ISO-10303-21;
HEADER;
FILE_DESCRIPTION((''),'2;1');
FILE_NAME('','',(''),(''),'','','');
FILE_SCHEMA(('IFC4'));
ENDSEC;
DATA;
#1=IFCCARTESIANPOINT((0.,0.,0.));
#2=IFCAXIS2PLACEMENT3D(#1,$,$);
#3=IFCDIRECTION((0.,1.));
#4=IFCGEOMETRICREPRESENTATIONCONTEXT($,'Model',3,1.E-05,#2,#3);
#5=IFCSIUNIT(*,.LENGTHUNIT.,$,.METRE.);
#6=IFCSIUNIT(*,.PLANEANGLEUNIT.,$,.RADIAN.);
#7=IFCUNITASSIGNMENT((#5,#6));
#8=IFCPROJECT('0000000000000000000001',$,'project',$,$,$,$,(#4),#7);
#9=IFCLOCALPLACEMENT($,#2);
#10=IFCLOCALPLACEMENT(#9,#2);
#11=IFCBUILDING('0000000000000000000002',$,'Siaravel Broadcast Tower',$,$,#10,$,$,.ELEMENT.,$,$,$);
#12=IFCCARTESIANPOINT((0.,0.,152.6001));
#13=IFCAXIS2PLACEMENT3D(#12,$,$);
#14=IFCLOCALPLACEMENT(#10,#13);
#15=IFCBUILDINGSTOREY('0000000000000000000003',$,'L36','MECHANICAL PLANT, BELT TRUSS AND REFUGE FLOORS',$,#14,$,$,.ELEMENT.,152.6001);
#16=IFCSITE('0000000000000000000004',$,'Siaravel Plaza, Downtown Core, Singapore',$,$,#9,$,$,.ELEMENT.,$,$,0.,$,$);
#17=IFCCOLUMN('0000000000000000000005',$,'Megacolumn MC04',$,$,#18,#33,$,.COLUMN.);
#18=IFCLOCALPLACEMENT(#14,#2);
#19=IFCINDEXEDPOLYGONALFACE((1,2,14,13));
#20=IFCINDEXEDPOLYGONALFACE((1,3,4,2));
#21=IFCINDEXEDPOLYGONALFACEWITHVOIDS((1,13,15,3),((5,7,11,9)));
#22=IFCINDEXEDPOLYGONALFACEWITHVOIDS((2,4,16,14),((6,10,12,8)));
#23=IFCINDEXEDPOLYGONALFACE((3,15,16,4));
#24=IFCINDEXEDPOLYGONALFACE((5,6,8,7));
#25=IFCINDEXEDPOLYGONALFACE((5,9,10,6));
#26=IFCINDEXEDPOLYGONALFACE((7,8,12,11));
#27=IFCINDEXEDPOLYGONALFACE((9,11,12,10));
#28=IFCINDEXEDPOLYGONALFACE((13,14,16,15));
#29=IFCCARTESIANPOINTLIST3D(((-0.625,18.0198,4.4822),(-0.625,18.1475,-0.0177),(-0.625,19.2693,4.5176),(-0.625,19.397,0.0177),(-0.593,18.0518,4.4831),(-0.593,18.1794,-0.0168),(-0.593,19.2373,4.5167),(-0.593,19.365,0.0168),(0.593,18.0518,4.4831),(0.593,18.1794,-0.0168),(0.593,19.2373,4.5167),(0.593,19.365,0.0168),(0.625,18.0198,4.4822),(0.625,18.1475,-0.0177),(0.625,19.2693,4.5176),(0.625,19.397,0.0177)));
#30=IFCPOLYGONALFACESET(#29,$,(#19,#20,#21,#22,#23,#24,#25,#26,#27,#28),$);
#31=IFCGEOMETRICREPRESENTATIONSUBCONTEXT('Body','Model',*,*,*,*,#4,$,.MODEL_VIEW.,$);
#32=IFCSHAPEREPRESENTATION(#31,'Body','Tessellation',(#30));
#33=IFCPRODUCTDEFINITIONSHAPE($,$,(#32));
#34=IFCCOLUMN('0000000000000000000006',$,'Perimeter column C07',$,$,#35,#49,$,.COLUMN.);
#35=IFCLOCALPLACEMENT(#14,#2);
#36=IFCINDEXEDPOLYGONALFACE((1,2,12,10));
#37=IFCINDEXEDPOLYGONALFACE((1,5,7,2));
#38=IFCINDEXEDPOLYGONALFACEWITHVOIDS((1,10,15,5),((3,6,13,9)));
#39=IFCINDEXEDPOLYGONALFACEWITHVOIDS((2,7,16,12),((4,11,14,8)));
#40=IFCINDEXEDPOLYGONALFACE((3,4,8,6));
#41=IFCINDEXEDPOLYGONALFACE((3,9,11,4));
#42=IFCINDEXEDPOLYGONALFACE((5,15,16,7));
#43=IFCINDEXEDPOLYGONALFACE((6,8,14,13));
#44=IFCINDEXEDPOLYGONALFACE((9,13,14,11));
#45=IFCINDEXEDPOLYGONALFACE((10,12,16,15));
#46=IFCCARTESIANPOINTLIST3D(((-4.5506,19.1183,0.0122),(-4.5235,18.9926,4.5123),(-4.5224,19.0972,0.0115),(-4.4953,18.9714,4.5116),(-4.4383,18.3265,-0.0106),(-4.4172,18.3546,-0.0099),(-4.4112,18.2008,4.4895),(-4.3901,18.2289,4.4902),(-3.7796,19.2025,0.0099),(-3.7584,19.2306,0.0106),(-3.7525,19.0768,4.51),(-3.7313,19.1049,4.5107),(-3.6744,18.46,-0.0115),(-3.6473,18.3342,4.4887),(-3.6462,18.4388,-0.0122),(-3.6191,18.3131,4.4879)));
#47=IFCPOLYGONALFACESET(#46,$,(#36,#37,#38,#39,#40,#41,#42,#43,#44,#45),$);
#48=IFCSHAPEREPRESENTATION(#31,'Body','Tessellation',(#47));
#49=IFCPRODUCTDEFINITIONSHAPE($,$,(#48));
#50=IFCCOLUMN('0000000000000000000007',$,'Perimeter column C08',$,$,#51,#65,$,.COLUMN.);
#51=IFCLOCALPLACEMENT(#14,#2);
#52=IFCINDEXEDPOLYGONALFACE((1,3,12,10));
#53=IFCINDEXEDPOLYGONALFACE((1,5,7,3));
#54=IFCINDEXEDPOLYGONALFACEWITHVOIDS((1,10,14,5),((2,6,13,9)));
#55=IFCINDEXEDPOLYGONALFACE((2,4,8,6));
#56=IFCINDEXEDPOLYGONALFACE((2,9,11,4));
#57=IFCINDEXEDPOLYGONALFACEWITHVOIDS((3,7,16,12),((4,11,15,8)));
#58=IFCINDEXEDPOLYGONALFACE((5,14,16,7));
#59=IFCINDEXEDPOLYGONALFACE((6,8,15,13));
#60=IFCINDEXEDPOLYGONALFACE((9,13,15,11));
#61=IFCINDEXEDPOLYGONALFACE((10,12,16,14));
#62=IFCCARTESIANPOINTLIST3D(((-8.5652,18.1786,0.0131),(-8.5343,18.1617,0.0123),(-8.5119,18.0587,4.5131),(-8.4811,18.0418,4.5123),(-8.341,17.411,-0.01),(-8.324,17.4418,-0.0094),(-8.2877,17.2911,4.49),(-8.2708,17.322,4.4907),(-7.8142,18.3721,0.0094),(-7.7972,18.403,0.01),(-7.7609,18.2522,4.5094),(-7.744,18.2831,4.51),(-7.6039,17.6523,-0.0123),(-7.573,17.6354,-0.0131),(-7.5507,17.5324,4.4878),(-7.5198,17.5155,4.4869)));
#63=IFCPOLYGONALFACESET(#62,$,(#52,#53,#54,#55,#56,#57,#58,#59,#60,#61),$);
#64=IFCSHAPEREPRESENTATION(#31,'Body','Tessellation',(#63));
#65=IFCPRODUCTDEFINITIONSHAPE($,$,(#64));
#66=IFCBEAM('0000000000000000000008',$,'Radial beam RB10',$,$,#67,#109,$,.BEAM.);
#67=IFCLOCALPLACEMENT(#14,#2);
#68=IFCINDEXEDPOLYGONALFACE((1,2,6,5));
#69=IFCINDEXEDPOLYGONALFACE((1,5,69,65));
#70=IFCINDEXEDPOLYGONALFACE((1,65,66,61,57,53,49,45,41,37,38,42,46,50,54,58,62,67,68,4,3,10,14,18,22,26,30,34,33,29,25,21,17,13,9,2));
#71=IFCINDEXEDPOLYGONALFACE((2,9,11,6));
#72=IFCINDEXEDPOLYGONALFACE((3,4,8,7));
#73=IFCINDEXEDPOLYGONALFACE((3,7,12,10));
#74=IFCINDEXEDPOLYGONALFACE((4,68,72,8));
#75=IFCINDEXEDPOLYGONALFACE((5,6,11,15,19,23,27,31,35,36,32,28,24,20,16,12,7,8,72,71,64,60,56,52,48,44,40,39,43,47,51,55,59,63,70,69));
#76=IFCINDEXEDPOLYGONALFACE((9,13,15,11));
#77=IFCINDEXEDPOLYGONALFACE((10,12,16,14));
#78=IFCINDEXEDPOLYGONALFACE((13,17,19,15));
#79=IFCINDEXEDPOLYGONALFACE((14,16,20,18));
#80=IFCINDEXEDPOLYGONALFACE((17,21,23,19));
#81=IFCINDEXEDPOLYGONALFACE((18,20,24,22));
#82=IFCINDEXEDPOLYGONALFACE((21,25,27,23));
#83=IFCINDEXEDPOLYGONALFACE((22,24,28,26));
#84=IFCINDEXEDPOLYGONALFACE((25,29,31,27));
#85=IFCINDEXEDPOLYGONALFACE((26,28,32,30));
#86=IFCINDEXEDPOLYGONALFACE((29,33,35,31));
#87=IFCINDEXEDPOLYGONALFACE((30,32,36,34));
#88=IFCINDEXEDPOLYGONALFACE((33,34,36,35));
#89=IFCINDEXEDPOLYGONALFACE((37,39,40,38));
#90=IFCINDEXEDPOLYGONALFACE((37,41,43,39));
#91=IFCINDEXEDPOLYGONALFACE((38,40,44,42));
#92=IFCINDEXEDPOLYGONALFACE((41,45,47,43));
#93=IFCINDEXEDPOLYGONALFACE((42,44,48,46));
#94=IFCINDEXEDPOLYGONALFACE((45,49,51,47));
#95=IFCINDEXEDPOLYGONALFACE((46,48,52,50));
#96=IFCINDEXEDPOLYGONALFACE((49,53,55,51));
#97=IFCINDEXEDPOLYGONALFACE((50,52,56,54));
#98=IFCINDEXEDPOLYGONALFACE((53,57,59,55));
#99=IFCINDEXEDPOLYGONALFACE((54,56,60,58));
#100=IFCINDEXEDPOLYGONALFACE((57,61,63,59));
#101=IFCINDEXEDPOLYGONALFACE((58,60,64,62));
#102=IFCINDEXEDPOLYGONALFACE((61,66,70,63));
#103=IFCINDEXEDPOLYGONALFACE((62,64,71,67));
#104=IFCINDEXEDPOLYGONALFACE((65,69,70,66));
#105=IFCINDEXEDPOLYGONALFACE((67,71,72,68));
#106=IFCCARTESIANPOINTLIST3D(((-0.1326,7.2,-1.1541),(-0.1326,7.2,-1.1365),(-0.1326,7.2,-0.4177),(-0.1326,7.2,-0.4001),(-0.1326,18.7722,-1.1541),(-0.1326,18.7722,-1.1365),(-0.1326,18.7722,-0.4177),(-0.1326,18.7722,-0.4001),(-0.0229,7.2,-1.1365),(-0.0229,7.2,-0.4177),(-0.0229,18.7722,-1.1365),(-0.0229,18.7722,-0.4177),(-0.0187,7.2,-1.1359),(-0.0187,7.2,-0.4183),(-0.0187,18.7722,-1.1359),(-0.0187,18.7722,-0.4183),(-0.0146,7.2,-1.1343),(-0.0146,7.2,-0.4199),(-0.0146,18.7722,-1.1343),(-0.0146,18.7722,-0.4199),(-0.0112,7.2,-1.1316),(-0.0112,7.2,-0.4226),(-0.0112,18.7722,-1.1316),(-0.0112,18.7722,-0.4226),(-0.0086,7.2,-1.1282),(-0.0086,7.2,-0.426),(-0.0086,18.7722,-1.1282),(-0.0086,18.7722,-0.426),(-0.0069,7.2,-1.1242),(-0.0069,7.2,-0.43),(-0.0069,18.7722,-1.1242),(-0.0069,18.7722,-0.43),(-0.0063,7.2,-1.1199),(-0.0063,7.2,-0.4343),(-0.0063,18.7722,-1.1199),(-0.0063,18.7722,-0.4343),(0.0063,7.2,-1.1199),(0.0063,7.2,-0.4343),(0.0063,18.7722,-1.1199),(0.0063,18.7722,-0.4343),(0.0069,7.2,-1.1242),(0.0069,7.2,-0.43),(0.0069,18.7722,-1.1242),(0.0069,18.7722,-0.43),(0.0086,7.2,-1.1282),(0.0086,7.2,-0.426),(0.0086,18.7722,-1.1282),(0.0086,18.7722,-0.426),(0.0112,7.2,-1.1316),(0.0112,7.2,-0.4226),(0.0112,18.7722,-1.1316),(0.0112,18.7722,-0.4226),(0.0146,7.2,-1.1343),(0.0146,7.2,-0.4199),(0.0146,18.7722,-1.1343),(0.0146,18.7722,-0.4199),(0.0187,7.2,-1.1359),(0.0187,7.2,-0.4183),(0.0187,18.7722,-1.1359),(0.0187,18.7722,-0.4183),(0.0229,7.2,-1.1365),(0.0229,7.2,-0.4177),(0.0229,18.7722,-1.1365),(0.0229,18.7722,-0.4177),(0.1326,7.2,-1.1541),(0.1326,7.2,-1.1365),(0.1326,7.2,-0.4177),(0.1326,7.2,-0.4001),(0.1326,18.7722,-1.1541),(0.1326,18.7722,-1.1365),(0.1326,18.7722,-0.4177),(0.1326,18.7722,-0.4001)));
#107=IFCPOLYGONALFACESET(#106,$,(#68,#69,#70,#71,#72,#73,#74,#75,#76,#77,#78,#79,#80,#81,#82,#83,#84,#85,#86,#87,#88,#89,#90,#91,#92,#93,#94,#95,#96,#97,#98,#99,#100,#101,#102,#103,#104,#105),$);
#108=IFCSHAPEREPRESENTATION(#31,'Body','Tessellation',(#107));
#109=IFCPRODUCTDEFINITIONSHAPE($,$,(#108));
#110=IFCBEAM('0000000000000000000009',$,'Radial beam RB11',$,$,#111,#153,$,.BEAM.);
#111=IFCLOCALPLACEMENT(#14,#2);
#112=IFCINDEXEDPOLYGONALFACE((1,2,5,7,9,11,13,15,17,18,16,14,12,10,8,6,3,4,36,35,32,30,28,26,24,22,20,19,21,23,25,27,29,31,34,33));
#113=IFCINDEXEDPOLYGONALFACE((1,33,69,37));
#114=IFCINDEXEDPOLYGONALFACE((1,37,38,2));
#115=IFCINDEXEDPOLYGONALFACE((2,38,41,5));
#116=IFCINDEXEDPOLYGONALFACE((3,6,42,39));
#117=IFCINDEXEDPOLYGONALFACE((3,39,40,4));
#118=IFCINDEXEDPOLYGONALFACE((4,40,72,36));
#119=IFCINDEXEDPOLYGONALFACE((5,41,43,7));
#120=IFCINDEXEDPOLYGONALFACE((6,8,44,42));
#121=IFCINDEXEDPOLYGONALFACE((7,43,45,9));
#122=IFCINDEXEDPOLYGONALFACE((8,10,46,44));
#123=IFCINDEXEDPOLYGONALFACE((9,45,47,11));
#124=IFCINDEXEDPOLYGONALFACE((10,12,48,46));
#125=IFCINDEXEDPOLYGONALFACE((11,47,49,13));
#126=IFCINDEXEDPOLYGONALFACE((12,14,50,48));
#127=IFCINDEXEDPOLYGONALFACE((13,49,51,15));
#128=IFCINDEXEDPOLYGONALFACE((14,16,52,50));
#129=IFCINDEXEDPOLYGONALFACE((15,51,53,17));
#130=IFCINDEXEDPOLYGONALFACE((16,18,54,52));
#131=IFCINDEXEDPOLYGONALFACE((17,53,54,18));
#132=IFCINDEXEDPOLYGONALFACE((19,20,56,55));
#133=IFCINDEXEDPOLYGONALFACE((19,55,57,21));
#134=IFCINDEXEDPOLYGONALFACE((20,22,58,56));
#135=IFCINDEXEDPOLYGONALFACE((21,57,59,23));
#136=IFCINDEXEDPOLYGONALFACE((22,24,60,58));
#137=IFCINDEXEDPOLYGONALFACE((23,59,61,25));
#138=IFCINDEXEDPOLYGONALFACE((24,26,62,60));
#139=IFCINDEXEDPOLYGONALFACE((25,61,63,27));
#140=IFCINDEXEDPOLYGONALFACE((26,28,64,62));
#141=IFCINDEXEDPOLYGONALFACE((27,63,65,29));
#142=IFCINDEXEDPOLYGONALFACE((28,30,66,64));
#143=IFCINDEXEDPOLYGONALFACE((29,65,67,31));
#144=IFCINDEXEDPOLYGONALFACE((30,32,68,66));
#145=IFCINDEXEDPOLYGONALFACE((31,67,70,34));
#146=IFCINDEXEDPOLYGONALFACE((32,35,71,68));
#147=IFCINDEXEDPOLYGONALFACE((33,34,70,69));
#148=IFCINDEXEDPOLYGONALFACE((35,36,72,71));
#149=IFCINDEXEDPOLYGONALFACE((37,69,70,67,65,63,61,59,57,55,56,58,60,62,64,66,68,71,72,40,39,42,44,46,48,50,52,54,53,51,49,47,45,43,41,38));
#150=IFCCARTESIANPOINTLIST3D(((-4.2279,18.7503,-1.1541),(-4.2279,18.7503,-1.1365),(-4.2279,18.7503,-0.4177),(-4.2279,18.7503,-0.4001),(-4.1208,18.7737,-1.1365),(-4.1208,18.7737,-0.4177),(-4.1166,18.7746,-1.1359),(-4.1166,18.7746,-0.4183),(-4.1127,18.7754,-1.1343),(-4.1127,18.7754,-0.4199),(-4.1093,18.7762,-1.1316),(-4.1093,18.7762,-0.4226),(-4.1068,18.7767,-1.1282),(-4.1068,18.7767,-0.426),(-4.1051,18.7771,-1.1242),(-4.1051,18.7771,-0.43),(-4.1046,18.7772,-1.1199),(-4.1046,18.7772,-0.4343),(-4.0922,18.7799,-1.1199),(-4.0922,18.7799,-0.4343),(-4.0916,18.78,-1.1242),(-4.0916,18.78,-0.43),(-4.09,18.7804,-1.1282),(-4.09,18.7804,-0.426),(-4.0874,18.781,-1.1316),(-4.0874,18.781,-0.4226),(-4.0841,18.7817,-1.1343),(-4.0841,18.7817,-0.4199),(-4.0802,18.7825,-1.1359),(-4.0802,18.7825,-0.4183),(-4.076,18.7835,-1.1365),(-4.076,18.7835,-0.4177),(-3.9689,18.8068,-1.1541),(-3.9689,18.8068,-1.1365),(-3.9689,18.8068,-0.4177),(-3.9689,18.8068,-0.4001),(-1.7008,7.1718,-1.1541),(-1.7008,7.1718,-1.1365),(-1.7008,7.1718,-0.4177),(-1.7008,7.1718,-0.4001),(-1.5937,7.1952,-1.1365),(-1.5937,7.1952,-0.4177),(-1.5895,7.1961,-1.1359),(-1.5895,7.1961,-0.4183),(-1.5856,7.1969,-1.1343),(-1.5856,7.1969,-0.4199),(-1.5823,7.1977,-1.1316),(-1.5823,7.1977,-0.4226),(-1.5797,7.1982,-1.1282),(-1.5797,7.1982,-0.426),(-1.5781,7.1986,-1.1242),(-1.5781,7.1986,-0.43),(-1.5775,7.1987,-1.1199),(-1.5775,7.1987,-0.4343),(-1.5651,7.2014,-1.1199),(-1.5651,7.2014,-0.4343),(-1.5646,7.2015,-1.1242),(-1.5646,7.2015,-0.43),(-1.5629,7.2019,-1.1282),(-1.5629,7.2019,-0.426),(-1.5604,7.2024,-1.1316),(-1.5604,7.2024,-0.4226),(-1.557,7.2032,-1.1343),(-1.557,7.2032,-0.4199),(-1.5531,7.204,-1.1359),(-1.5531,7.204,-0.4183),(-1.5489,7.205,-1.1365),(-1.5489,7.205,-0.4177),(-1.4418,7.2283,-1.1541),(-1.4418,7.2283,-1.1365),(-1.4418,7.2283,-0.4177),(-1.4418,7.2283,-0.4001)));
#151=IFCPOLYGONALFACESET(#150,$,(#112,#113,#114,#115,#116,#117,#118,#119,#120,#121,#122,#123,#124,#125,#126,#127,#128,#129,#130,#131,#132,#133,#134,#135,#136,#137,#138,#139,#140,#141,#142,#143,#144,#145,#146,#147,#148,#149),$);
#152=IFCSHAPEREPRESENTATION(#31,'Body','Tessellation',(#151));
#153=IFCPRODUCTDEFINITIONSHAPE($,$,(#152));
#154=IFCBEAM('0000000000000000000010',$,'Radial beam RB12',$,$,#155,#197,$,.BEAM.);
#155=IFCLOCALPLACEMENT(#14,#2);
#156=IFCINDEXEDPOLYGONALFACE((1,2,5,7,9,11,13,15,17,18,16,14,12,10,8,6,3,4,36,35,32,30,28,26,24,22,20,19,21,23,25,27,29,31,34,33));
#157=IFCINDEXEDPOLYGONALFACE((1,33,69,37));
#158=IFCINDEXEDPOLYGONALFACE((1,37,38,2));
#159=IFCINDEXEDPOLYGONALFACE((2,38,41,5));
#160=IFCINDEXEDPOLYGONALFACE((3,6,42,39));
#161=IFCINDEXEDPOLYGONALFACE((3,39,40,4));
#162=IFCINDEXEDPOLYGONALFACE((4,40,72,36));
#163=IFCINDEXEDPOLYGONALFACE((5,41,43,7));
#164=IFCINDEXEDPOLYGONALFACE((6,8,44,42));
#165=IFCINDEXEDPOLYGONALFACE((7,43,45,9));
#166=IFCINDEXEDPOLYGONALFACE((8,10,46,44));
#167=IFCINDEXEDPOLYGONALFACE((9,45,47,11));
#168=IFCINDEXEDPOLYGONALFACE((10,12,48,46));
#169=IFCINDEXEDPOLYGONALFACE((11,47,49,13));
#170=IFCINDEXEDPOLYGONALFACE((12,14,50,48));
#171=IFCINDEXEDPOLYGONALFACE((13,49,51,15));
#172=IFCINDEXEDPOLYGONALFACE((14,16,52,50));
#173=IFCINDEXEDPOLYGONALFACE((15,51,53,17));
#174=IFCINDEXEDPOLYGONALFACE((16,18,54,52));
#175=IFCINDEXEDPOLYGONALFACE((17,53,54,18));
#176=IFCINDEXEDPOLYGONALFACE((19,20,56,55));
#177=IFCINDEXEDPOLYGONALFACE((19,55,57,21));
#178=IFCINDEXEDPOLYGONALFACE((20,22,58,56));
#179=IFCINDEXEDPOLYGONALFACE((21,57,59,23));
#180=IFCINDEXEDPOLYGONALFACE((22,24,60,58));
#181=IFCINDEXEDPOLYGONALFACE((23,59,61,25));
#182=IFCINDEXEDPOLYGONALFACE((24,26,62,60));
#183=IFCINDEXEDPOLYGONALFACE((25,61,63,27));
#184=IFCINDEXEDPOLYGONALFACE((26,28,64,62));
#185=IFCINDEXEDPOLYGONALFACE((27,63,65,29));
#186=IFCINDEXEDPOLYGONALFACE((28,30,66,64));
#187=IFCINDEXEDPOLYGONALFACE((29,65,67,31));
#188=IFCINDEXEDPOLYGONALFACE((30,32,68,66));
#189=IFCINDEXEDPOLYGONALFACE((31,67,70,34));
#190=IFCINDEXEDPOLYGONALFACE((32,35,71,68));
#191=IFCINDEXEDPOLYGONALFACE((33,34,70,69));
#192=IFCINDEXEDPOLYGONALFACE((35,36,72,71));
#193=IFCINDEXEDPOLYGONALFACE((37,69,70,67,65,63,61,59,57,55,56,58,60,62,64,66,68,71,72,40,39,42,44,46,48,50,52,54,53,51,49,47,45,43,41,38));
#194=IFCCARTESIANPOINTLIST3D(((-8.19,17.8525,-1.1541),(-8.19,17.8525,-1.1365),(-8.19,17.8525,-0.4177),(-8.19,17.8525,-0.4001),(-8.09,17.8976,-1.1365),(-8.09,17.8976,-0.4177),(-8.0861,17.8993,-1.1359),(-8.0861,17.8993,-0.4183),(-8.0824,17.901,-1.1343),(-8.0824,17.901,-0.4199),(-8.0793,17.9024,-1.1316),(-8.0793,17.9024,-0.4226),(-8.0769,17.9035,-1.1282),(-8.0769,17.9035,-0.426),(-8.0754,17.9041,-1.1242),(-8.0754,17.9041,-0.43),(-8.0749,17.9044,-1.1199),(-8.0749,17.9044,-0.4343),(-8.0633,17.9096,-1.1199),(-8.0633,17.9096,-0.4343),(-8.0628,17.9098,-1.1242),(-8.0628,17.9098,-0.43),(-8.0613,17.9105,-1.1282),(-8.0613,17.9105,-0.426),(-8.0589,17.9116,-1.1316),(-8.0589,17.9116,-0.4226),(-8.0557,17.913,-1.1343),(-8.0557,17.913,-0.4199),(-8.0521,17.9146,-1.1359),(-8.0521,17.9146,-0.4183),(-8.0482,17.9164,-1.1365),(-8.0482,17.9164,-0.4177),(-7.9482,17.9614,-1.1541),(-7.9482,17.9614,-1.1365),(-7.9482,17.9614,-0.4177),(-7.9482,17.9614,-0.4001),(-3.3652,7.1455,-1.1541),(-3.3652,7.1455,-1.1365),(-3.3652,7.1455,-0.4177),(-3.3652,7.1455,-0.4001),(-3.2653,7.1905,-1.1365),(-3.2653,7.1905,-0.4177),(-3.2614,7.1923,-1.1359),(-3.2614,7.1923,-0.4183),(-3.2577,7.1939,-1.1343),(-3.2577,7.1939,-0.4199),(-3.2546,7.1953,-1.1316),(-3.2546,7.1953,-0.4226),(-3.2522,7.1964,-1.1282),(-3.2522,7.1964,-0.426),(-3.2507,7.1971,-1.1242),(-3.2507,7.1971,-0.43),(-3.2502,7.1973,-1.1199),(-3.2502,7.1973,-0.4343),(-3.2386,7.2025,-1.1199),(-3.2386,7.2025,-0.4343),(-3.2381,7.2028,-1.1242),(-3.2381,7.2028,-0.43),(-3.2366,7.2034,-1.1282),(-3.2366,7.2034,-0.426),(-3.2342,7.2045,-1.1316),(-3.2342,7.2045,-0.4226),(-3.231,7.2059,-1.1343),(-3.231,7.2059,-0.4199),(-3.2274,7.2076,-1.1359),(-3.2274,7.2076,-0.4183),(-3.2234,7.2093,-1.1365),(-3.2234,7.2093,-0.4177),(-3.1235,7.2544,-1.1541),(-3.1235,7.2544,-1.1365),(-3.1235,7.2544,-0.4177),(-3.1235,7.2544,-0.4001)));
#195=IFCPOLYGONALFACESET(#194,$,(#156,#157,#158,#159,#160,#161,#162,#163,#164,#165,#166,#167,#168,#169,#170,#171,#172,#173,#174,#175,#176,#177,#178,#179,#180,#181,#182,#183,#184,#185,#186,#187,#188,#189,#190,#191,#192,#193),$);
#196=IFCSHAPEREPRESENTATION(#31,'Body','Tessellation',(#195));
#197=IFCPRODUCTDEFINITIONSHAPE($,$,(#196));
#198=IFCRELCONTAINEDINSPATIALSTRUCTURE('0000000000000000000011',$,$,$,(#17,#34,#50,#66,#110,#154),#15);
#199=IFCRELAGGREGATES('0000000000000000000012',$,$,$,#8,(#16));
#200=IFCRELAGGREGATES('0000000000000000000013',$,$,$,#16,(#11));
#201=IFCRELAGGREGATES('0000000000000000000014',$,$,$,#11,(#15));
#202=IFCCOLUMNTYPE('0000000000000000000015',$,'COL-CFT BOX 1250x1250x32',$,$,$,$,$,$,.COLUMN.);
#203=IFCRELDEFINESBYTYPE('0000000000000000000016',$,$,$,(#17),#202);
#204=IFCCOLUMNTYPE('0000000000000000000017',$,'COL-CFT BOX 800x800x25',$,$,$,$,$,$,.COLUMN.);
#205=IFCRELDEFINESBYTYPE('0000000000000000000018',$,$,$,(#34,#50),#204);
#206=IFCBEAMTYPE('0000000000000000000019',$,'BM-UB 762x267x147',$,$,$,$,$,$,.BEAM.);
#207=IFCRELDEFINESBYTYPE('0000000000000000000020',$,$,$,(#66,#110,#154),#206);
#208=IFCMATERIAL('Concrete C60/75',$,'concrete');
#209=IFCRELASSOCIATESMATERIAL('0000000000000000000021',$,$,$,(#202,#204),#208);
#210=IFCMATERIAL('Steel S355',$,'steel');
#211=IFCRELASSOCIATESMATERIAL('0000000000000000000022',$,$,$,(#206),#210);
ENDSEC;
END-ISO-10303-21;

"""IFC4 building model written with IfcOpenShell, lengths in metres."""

from ifc_helpers import new_model, si_unit, direction, frame, origin, origin_2d, place, context, subcontext, project, spatial, hollow_rectangle, i_section, extrude, material, material_profile, profile_set, type_object, element, save


model = new_model("IFC4")

# Units and contexts
model_context = context("Model", 3, precision=1e-05, world=origin(), true_north=direction((0.0, 1.0)))
body_context = subcontext(model_context, "Body", "Model", "MODEL_VIEW")
ifc_project = project(units=[si_unit("LENGTHUNIT", "METRE"), si_unit("PLANEANGLEUNIT", "RADIAN")], contexts=[model_context])

# Site, building, storey
site_placement = place(None, origin())
site = spatial("IfcSite", under=ifc_project, at=site_placement, Name="Siaravel Plaza, Downtown Core, Singapore", CompositionType="ELEMENT", RefElevation=0.0)
building_placement = place(site_placement, origin())
building = spatial("IfcBuilding", under=site, at=building_placement, Name="Siaravel Broadcast Tower", CompositionType="ELEMENT")
storey_placement = place(building_placement, frame((0.0, 0.0, 152.6001)))
storey = spatial("IfcBuildingStorey", under=building, at=storey_placement, Name="L36", Description="MECHANICAL PLANT, BELT TRUSS AND REFUGE FLOORS", CompositionType="ELEMENT", Elevation=152.6001)

# Columns
ifc_material_1 = material(Name="Concrete C60/75", Category="concrete")
ifc_material_profile_1 = material_profile(ifc_material_1, hollow_rectangle(XDim=1.25, YDim=1.25, WallThickness=0.032, at=origin_2d()))
ifc_profile_set_1 = profile_set([ifc_material_profile_1], Name="Concrete C60/75")
column_type_1 = type_object("IfcColumnType", Name="COL-CFT BOX 1250x1250x32", PredefinedType="COLUMN", material=ifc_profile_set_1)
column_placement = place(storey_placement, frame((0.0, 18.7722, 0.0), z_axis=(0.0, -0.028363, 0.999598), x_axis=(1.0, 0.0, 0.0)))
element("IfcColumn", 1, at=column_placement, inside=storey, type_object=column_type_1, Name="Megacolumn MC04", PredefinedType="COLUMN", context=body_context, shape_type="SweptSolid", body=[
    extrude(hollow_rectangle(XDim=1.25, YDim=1.25, WallThickness=0.032, at=origin_2d()), origin(), (0.0, 0.0, 1.0), 4.5017),
])
ifc_material_profile_2 = material_profile(ifc_material_1, hollow_rectangle(XDim=0.8, YDim=0.8, WallThickness=0.0249, at=origin_2d()))
ifc_profile_set_2 = profile_set([ifc_material_profile_2], Name="Concrete C60/75")
column_type_2 = type_object("IfcColumnType", Name="COL-CFT BOX 800x800x25", PredefinedType="COLUMN", material=ifc_profile_set_2)
for number, where, z_axis, x_axis, name in (
    (2, (-4.0984, 18.7786, 0.0), (0.00602, -0.027929, 0.999592), (0.990093, 0.140396, -0.00204), "Perimeter column C07"),
    (3, (-8.0691, 17.907, 0.0), (0.011822, -0.026627, 0.999576), (0.959857, 0.280464, -0.003881), "Perimeter column C08"),
):
    element("IfcColumn", number, at=place(storey_placement, frame(where, z_axis=z_axis, x_axis=x_axis)), inside=storey, type_object=column_type_2, Name=name, PredefinedType="COLUMN", context=body_context, shape_type="SweptSolid", body=[
        extrude(hollow_rectangle(XDim=0.8, YDim=0.8, WallThickness=0.0249, at=origin_2d()), origin(), (0.0, 0.0, 1.0), 4.502),
    ])

# Beams
ifc_material_2 = material(Name="Steel S355", Category="steel")
ifc_material_profile_3 = material_profile(ifc_material_2, i_section(OverallWidth=0.2651, OverallDepth=0.7539, WebThickness=0.0127, FlangeThickness=0.0176, FilletRadius=0.0166, at=origin_2d()))
ifc_profile_set_3 = profile_set([ifc_material_profile_3], Name="Steel S355")
beam_type_1 = type_object("IfcBeamType", Name="BM-UB 762x267x147", PredefinedType="BEAM", material=ifc_profile_set_3)
beam_1_placement = place(storey_placement, frame((0.0, 18.7722, -0.7771), z_axis=(0.0, -1.0, 0.0), x_axis=(1.0, 0.0, 0.0)))
element("IfcBeam", 4, at=beam_1_placement, inside=storey, type_object=beam_type_1, Name="Radial beam RB10", PredefinedType="BEAM", context=body_context, shape_type="SweptSolid", body=[
    extrude(i_section(OverallWidth=0.2651, OverallDepth=0.7539, WebThickness=0.0127, FlangeThickness=0.0176, FilletRadius=0.0166, at=origin_2d()), origin(), (0.0, 0.0, 1.0), 11.5723),
])
beam_2_placement = place(storey_placement, frame((-4.0984, 18.7786, -0.7771), z_axis=(0.213236, -0.977001, 0.0), x_axis=(0.977001, 0.213236, 0.0)))
element("IfcBeam", 5, at=beam_2_placement, inside=storey, type_object=beam_type_1, Name="Radial beam RB11", PredefinedType="BEAM", context=body_context, shape_type="SweptSolid", body=[
    extrude(i_section(OverallWidth=0.2651, OverallDepth=0.7539, WebThickness=0.0127, FlangeThickness=0.0176, FilletRadius=0.0166, at=origin_2d()), origin(), (0.0, 0.0, 1.0), 11.8511),
])
beam_3_placement = place(storey_placement, frame((-8.0691, 17.907, -0.7771), z_axis=(0.410828, -0.911713, 0.0), x_axis=(0.911713, 0.410828, 0.0)))
element("IfcBeam", 6, at=beam_3_placement, inside=storey, type_object=beam_type_1, Name="Radial beam RB12", PredefinedType="BEAM", context=body_context, shape_type="SweptSolid", body=[
    extrude(i_section(OverallWidth=0.2651, OverallDepth=0.7539, WebThickness=0.0127, FlangeThickness=0.0176, FilletRadius=0.0166, at=origin_2d()), origin(), (0.0, 0.0, 1.0), 11.7439),
])

save(model, "model.ifc")
